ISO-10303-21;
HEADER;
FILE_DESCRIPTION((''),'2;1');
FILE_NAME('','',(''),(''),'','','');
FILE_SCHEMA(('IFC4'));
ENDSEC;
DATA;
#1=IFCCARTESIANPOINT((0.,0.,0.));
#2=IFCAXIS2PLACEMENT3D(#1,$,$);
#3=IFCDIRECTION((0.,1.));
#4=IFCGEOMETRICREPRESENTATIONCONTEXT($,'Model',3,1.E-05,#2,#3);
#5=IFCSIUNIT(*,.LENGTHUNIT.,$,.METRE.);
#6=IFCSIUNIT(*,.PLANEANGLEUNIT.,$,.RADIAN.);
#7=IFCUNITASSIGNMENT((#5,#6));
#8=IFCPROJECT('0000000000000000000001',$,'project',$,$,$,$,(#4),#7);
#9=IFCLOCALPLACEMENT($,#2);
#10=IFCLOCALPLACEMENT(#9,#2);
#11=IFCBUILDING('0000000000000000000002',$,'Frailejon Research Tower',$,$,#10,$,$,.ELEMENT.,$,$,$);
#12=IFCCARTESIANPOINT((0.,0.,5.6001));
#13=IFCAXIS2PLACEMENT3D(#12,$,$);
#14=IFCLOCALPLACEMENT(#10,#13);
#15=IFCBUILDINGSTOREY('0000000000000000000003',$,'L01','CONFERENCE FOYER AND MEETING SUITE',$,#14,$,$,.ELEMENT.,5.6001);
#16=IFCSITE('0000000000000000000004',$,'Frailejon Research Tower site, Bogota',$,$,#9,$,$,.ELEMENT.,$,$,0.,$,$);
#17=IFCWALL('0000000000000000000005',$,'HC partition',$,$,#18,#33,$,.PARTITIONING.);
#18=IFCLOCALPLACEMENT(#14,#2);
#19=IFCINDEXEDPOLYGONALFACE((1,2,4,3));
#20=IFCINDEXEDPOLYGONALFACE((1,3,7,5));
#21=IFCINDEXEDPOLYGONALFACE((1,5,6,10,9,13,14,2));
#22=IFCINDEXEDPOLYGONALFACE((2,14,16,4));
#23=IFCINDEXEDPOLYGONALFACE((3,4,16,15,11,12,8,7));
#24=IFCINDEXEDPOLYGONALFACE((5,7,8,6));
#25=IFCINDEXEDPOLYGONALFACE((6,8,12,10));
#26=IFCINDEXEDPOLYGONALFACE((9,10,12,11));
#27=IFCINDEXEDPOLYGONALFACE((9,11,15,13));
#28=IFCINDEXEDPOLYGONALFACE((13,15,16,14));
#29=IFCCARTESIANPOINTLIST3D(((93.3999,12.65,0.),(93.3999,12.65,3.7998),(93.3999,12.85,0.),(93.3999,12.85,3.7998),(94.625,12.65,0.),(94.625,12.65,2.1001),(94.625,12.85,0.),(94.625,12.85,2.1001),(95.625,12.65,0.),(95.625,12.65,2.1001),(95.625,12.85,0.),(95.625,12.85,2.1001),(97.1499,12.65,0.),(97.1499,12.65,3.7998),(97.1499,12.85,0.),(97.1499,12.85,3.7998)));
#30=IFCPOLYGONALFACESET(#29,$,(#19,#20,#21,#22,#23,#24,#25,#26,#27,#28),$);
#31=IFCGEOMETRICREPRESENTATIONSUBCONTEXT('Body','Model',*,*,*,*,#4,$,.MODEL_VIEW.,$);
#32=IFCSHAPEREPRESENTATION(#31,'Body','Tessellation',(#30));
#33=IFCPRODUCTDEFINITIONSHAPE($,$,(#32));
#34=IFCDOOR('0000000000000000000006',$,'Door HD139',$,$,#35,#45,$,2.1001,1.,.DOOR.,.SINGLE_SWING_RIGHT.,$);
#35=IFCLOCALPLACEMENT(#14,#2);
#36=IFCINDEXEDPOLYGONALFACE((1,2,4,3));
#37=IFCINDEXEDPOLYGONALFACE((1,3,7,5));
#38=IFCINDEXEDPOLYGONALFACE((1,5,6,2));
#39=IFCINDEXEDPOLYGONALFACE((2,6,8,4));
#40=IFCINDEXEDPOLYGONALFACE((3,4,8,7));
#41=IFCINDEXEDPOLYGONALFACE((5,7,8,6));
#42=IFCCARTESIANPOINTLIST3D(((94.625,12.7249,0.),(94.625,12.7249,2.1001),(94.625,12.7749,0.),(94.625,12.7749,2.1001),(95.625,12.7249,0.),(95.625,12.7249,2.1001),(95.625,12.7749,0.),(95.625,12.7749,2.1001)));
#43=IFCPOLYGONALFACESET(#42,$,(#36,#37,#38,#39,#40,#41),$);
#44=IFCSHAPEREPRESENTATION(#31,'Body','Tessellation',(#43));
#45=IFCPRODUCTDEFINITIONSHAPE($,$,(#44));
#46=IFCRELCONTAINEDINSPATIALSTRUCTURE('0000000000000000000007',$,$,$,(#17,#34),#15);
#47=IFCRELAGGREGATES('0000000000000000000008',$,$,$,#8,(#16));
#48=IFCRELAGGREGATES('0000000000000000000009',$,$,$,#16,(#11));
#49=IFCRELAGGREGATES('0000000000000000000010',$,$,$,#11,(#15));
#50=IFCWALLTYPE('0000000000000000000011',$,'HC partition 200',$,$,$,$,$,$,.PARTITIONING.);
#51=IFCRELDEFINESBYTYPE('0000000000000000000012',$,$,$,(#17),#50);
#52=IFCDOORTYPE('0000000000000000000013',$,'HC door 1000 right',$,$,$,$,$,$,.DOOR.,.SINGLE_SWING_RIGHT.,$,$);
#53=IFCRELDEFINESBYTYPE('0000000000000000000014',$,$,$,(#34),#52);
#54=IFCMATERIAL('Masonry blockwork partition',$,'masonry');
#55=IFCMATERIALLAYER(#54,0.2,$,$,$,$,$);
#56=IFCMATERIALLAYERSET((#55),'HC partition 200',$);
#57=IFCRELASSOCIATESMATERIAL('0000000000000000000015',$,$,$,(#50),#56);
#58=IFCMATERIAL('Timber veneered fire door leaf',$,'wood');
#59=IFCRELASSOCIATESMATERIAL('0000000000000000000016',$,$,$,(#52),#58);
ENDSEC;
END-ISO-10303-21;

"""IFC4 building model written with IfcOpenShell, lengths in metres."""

from ifc_helpers import new_model, si_unit, direction, frame, frame_2d, origin, place, context, subcontext, project, spatial, rectangle, extrude, material, layer, layer_set, type_object, element, fill, save


model = new_model("IFC4")

# Units and contexts
model_context = context("Model", 3, precision=1e-05, world=origin(), true_north=direction((0.0, 1.0)))
body_context = subcontext(model_context, "Body", "Model", "MODEL_VIEW")
ifc_project = project(units=[si_unit("LENGTHUNIT", "METRE"), si_unit("PLANEANGLEUNIT", "RADIAN")], contexts=[model_context])

# Site, building, storey
site_placement = place(None, origin())
site = spatial("IfcSite", under=ifc_project, at=site_placement, Name="Frailejon Research Tower site, Bogota", CompositionType="ELEMENT", RefElevation=0.0)
building_placement = place(site_placement, origin())
building = spatial("IfcBuilding", under=site, at=building_placement, Name="Frailejon Research Tower", CompositionType="ELEMENT")
storey_placement = place(building_placement, frame((0.0, 0.0, 5.6001)))
storey = spatial("IfcBuildingStorey", under=building, at=storey_placement, Name="L01", Description="CONFERENCE FOYER AND MEETING SUITE", CompositionType="ELEMENT", Elevation=5.6001)

# Shared definitions
ifc_material_1 = material(Name="Masonry blockwork partition", Category="masonry")
ifc_layer_1 = layer(ifc_material_1, 0.2)
ifc_layer_set_1 = layer_set([ifc_layer_1], Name="HC partition 200")
wall_type_1 = type_object("IfcWallType", Name="HC partition 200", PredefinedType="PARTITIONING", material=ifc_layer_set_1)

# Wall, opening, door
ifc_material_2 = material(Name="Timber veneered fire door leaf", Category="wood")
door_type_1 = type_object("IfcDoorType", Name="HC door 1000 right", OperationType="SINGLE_SWING_RIGHT", PredefinedType="DOOR", material=ifc_material_2)
wall_1_placement = place(storey_placement, frame((93.3999, 12.75, 0.0), z_axis=(0.0, 0.0, 1.0), x_axis=(1.0, 0.0, 0.0)))
wall_1 = element("IfcWall", 1, at=wall_1_placement, inside=storey, type_object=wall_type_1, Name="HC partition", PredefinedType="PARTITIONING", context=body_context, shape_type="SweptSolid", body=[
    extrude(rectangle(XDim=3.75, YDim=0.2, at=frame_2d((1.875, 0.0))), origin(), (0.0, 0.0, 1.0), 3.7998),
])
opening_1_placement = place(wall_1_placement, frame((1.2251, 0.0, 0.0)))
opening_1 = element("IfcOpeningElement", 2, at=opening_1_placement, cuts=wall_1, PredefinedType="OPENING", context=body_context, shape_type="SweptSolid", body=[
    extrude(rectangle(XDim=1.0, YDim=2.1001, at=frame_2d((0.5, 1.05))), frame((0.0, 0.1099, 0.0), z_axis=(0.0, -1.0, 0.0), x_axis=(1.0, 0.0, 0.0)), (0.0, 0.0, 1.0), 0.22),
])
door_1_placement = place(opening_1_placement, origin())
door_1 = element("IfcDoor", 3, at=door_1_placement, inside=storey, type_object=door_type_1, Name="Door HD139", OperationType="SINGLE_SWING_RIGHT", OverallHeight=2.1001, OverallWidth=1.0, PredefinedType="DOOR", context=body_context, shape_type="SweptSolid", body=[
    extrude(rectangle(XDim=1.0, YDim=2.1001, at=frame_2d((0.5, 1.05))), frame((0.0, 0.0249, 0.0), z_axis=(0.0, -1.0, 0.0), x_axis=(1.0, 0.0, 0.0)), (0.0, 0.0, 1.0), 0.05),
])
fill(opening_1, door_1)

save(model, "model.ifc")
